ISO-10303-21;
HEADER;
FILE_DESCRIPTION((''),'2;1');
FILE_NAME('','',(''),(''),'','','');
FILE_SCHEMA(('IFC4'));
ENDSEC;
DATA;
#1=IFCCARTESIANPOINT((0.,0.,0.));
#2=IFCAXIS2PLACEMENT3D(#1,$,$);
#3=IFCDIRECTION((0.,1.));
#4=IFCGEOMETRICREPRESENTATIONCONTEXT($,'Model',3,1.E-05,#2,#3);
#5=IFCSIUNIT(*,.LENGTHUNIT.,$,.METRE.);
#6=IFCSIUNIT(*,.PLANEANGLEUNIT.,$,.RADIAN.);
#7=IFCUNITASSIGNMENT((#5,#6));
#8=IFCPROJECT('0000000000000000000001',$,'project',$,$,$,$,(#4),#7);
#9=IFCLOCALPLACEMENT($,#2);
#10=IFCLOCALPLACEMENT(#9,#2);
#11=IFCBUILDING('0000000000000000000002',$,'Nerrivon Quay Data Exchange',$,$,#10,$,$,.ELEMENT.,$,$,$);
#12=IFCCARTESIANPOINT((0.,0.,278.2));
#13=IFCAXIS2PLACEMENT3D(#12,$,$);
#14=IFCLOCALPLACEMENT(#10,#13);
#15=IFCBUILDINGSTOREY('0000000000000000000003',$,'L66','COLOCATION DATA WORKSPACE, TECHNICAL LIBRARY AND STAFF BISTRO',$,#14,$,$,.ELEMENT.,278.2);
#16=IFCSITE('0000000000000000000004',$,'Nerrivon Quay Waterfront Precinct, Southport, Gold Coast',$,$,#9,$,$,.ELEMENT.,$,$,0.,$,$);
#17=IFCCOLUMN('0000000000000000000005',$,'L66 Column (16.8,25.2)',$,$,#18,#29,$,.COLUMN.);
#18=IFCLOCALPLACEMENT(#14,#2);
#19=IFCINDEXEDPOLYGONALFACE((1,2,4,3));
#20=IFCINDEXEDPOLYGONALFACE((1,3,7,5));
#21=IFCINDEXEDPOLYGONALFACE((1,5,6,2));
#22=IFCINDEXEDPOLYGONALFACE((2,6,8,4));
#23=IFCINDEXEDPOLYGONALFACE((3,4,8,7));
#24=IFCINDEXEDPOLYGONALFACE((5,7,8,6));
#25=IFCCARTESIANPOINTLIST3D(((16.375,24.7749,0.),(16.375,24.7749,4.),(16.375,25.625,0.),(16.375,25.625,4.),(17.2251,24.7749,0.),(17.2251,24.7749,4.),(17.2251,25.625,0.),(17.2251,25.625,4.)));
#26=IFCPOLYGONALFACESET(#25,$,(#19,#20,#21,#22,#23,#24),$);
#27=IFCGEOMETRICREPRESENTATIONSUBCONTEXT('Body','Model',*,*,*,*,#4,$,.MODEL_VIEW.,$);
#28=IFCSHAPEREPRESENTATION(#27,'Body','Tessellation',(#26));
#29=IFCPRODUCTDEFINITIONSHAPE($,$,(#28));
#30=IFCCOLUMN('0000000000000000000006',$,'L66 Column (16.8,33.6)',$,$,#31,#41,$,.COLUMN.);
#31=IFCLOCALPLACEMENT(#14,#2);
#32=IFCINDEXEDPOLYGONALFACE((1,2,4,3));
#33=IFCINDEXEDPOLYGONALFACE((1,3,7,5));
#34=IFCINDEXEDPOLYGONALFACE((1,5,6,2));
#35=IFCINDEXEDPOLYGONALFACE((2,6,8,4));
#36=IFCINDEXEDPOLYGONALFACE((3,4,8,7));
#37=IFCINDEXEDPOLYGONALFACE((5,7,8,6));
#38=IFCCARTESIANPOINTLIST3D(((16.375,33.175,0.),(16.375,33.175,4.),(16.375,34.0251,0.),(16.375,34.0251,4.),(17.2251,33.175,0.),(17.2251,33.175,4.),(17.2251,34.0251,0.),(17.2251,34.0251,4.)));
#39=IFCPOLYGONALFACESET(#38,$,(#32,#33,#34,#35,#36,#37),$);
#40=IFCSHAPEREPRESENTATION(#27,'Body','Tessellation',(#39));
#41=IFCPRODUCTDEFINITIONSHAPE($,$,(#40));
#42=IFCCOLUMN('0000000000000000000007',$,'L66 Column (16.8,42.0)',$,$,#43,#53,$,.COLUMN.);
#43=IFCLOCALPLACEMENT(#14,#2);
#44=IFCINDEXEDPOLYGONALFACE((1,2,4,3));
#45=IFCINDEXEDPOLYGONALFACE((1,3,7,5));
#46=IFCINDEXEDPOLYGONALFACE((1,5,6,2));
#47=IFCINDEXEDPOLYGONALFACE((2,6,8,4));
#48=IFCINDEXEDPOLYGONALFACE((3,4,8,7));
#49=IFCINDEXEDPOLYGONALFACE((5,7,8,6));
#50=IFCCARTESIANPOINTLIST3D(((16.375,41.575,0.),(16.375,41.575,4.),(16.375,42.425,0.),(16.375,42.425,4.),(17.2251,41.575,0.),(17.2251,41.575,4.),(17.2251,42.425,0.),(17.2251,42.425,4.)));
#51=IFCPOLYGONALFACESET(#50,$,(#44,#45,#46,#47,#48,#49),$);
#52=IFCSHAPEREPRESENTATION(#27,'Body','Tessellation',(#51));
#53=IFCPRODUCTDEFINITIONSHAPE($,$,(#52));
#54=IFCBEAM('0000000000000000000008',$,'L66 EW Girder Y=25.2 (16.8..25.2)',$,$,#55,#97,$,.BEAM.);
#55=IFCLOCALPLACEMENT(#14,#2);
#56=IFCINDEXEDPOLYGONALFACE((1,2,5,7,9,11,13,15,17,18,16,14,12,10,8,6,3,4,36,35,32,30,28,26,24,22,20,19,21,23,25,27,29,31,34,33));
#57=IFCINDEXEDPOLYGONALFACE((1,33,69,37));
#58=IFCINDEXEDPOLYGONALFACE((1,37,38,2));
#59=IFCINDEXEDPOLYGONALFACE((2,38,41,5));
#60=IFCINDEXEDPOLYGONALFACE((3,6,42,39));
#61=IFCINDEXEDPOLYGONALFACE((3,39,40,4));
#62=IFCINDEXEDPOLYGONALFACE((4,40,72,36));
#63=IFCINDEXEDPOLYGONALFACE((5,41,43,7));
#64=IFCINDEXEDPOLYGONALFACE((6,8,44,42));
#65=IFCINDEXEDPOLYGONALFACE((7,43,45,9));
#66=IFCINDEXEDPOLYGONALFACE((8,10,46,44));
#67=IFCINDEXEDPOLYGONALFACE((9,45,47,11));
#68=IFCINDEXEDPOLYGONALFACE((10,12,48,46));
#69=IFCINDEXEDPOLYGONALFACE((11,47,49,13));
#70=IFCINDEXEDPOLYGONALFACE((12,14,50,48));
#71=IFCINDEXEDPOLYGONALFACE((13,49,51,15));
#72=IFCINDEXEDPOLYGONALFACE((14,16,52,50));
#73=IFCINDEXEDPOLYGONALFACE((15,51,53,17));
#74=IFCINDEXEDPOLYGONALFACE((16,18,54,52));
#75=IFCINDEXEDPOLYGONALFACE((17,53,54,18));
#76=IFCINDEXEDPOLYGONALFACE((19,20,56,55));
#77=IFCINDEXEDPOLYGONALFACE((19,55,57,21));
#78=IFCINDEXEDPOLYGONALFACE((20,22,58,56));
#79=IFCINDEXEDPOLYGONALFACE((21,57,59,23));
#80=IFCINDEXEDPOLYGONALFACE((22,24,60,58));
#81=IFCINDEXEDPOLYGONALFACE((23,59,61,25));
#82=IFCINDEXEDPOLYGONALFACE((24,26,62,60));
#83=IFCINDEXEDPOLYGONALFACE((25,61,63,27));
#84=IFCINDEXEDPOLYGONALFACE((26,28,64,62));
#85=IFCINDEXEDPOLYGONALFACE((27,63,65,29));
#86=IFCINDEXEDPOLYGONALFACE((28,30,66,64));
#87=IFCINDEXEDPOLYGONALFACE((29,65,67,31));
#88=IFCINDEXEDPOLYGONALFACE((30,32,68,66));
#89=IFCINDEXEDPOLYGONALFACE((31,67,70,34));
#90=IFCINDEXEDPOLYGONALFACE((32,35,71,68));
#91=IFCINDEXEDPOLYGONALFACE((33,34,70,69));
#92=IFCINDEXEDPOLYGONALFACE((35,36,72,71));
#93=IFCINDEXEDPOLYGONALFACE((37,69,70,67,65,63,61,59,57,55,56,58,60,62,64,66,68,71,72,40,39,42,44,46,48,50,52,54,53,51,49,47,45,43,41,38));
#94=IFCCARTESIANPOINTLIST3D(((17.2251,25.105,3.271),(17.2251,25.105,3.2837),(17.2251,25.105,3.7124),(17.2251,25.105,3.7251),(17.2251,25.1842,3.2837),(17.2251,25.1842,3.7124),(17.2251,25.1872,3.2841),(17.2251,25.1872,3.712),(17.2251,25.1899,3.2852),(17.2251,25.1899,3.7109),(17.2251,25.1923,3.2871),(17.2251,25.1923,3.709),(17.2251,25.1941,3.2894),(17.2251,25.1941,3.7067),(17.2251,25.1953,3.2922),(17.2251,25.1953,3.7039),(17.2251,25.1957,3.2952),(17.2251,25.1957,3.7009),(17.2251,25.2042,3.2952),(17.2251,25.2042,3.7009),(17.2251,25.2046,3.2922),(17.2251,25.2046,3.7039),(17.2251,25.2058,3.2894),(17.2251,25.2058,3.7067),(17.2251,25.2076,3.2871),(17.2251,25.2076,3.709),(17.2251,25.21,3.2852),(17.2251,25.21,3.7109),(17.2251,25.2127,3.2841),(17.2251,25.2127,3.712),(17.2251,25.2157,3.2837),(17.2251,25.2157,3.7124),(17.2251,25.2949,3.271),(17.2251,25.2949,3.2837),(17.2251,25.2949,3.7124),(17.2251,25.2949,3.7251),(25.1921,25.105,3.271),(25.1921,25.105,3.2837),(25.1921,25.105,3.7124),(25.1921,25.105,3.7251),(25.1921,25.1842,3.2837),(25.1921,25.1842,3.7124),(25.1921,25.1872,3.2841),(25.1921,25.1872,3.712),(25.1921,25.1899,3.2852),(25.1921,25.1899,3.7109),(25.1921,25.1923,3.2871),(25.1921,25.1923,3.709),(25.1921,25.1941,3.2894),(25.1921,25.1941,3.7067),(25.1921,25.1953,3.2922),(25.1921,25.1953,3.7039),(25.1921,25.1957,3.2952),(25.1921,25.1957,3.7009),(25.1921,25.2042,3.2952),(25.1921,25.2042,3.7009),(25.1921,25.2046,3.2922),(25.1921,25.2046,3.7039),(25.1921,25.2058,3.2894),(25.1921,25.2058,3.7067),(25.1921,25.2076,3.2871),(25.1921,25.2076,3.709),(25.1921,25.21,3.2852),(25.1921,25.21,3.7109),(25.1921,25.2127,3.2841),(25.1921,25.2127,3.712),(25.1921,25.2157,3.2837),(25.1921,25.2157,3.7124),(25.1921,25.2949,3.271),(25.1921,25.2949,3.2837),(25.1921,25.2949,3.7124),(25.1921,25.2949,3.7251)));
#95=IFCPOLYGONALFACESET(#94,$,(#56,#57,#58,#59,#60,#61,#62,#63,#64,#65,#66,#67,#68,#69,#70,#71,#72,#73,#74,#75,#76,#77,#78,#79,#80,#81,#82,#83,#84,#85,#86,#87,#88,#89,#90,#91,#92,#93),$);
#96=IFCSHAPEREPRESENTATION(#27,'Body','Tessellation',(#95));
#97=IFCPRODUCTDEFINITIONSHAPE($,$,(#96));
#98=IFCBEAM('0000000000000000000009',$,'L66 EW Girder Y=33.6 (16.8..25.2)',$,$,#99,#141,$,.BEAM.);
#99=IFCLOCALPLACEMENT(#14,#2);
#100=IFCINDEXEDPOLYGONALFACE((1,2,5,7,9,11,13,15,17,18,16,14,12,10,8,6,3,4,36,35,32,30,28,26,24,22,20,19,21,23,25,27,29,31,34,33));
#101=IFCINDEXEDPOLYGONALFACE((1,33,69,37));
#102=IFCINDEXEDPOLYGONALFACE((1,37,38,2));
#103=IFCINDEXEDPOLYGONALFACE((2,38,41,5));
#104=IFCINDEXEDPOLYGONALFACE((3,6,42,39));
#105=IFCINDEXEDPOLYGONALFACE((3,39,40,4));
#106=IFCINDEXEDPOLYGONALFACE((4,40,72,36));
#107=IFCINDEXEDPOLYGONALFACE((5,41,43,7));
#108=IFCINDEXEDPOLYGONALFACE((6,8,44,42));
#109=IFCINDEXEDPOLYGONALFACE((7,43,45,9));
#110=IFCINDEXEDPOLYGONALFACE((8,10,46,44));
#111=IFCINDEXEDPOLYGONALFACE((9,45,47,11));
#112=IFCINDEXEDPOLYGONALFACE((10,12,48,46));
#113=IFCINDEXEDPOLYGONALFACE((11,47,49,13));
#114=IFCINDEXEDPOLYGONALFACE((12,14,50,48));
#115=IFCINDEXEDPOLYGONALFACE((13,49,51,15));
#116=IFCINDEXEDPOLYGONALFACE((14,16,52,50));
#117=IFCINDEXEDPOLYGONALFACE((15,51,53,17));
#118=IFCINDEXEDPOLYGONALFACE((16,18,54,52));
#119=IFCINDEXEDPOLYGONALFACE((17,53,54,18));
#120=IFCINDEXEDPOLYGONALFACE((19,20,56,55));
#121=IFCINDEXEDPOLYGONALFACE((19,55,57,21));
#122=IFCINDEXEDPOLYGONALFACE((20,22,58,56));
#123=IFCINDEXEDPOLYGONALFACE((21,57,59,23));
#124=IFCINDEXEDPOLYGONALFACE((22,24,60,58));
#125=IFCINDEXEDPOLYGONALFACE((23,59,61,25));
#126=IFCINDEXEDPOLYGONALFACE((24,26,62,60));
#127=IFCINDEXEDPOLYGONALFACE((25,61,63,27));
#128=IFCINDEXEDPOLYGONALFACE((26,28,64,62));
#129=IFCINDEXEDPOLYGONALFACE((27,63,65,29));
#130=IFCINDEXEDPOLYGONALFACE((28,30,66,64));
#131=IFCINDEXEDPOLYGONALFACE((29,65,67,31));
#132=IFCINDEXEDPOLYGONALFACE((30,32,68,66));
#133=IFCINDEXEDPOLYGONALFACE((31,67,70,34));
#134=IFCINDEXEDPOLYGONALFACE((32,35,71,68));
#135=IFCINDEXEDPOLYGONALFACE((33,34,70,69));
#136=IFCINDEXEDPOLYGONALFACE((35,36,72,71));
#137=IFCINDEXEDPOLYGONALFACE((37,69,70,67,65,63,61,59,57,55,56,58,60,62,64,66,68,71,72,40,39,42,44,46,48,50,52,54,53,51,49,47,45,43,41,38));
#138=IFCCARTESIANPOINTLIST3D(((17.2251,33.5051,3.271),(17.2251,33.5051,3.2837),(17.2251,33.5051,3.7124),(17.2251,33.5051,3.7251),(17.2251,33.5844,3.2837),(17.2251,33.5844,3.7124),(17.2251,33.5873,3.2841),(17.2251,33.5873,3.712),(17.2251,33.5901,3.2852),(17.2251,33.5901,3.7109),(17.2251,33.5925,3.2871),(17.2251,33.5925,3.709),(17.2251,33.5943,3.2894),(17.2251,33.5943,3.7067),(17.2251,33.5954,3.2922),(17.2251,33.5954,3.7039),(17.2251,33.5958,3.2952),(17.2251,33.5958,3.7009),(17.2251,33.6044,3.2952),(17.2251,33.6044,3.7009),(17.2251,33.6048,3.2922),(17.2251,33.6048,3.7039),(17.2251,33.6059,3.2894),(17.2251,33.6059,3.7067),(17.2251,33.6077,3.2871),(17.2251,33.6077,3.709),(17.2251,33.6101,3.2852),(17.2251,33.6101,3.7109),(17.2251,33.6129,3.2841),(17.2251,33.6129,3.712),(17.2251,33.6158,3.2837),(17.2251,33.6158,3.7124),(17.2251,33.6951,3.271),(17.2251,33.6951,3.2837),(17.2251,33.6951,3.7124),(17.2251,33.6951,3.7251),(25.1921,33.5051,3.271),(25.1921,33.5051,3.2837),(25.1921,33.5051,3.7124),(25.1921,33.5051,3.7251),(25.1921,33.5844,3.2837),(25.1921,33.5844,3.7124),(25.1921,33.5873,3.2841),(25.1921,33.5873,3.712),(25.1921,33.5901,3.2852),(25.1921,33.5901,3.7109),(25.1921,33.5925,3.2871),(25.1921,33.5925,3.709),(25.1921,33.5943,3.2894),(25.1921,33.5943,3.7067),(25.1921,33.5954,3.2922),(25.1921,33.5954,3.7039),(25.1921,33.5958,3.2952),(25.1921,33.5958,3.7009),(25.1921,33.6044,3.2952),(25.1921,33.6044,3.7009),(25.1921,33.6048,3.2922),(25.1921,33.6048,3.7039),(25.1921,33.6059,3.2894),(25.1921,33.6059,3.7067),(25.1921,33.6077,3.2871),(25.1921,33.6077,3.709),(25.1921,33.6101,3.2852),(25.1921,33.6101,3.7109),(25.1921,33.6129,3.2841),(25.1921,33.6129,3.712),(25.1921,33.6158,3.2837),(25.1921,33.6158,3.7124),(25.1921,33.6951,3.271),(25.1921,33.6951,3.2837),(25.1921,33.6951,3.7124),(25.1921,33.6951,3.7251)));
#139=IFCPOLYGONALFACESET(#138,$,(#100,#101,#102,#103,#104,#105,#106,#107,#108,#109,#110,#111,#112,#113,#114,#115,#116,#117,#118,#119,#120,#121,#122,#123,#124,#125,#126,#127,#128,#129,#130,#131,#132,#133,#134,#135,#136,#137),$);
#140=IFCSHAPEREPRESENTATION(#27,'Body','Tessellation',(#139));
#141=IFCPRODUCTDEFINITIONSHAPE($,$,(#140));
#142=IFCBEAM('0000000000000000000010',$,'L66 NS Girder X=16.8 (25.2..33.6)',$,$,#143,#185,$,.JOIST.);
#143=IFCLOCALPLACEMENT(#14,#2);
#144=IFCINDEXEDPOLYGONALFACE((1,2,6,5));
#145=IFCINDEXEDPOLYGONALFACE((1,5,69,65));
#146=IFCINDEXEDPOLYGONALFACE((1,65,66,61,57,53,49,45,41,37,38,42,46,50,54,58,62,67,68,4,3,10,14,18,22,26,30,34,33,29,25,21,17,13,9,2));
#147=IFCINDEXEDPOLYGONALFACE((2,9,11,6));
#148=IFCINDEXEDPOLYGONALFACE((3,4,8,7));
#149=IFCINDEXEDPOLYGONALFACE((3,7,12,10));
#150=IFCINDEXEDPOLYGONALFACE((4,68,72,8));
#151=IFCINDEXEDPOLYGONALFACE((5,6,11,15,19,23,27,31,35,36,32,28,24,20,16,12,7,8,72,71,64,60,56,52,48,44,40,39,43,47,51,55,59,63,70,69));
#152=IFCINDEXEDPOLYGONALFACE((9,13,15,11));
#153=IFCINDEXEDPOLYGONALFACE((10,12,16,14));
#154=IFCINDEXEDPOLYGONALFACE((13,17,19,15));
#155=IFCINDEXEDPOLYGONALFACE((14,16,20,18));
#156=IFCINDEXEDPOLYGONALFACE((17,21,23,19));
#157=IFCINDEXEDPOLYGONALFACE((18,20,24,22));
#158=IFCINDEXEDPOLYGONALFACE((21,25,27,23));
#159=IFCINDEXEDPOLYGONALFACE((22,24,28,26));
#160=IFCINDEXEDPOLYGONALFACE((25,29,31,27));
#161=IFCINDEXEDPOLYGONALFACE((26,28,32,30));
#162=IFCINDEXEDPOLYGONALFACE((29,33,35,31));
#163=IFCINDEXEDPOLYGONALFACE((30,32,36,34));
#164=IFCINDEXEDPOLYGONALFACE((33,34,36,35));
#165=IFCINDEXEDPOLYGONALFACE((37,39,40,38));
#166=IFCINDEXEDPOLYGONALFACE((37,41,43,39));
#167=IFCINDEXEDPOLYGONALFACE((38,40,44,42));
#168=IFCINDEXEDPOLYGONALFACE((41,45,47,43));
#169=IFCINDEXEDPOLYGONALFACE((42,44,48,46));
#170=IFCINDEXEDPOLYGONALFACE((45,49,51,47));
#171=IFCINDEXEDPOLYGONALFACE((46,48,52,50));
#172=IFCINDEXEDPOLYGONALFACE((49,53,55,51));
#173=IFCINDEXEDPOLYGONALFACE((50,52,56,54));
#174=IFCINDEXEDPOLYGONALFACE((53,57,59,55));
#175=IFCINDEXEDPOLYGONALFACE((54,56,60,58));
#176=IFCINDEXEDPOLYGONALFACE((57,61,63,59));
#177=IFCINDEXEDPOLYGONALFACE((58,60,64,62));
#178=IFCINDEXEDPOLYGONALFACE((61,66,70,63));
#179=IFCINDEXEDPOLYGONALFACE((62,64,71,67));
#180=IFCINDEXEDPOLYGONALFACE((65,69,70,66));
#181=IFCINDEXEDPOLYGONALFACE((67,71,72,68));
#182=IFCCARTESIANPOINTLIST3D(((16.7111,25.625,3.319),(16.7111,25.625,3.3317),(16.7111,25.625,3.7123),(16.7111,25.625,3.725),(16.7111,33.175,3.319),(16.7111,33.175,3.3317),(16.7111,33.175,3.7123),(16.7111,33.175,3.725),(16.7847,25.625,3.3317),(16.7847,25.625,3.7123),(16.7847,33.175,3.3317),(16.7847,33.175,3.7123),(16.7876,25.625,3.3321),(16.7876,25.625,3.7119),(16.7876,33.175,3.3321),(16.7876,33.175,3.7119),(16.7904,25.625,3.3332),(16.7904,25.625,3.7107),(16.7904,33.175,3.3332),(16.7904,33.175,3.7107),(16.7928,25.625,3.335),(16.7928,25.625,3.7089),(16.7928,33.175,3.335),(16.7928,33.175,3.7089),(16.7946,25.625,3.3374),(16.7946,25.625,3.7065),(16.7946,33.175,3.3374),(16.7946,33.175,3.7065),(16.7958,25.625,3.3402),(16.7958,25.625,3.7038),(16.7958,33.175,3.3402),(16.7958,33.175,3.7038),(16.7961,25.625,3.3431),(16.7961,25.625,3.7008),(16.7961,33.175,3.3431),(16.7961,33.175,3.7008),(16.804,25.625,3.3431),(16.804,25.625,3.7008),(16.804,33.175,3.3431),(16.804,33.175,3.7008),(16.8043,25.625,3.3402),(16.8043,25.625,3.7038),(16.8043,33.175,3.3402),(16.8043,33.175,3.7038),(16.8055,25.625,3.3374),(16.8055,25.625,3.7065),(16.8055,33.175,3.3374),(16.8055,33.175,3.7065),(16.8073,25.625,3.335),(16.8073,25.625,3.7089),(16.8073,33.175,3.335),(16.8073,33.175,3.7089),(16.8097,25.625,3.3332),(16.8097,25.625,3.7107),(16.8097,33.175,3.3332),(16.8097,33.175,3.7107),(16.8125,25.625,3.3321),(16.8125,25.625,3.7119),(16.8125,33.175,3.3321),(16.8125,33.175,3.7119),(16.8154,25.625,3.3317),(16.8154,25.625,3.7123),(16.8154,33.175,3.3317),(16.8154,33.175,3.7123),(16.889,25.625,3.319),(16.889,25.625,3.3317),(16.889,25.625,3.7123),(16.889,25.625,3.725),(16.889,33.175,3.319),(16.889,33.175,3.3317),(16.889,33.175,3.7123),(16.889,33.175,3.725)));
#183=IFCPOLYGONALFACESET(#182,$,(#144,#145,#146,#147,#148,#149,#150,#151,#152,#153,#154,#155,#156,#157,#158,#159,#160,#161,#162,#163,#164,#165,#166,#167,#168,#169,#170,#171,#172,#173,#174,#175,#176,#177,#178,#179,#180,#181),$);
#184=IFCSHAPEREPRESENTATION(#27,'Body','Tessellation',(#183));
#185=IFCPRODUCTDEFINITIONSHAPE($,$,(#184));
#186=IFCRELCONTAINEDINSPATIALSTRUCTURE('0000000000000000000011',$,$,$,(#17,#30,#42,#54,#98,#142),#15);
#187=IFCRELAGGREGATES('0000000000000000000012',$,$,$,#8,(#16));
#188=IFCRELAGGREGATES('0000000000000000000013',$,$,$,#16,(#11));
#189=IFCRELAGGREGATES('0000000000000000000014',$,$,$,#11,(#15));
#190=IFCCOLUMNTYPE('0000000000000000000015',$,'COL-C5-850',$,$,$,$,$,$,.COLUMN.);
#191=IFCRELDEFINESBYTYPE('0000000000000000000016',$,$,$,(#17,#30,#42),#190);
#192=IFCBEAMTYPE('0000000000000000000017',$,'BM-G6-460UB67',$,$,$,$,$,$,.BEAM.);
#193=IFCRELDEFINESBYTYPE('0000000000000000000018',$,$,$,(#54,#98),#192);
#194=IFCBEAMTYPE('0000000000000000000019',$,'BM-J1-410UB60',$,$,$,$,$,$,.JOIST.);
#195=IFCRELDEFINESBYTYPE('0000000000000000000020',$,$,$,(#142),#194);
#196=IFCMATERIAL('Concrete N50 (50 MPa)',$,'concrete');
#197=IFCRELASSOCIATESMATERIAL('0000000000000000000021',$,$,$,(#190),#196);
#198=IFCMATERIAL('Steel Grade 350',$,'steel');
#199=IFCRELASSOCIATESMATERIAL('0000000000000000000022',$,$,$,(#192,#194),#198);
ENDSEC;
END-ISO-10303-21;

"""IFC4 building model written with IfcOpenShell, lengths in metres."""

from ifc_helpers import new_model, si_unit, direction, frame, origin, origin_2d, place, context, subcontext, project, spatial, rectangle, i_section, extrude, material, material_profile, profile_set, type_object, element, save


model = new_model("IFC4")

# Units and contexts
model_context = context("Model", 3, precision=1e-05, world=origin(), true_north=direction((0.0, 1.0)))
body_context = subcontext(model_context, "Body", "Model", "MODEL_VIEW")
ifc_project = project(units=[si_unit("LENGTHUNIT", "METRE"), si_unit("PLANEANGLEUNIT", "RADIAN")], contexts=[model_context])

# Site, building, storey
site_placement = place(None, origin())
site = spatial("IfcSite", under=ifc_project, at=site_placement, Name="Nerrivon Quay Waterfront Precinct, Southport, Gold Coast", CompositionType="ELEMENT", RefElevation=0.0)
building_placement = place(site_placement, origin())
building = spatial("IfcBuilding", under=site, at=building_placement, Name="Nerrivon Quay Data Exchange", CompositionType="ELEMENT")
storey_placement = place(building_placement, frame((0.0, 0.0, 278.2)))
storey = spatial("IfcBuildingStorey", under=building, at=storey_placement, Name="L66", Description="COLOCATION DATA WORKSPACE, TECHNICAL LIBRARY AND STAFF BISTRO", CompositionType="ELEMENT", Elevation=278.2)

# Columns
ifc_material_1 = material(Name="Concrete N50 (50 MPa)", Category="concrete")
ifc_material_profile_1 = material_profile(ifc_material_1, rectangle(XDim=0.8501, YDim=0.8501, at=origin_2d()), Name="RC-COL-850x850")
ifc_profile_set_1 = profile_set([ifc_material_profile_1], Name="Concrete N50 (50 MPa)")
column_type = type_object("IfcColumnType", Name="COL-C5-850", PredefinedType="COLUMN", material=ifc_profile_set_1)
for number, where, z_axis, x_axis, name in (
    (1, (16.8, 25.2, 0.0), (0.0, 0.0, 1.0), (1.0, 0.0, 0.0), "L66 Column (16.8,25.2)"),
    (2, (16.8, 33.6001, 0.0), (0.0, 0.0, 1.0), (1.0, 0.0, 0.0), "L66 Column (16.8,33.6)"),
    (3, (16.8, 42.0, 0.0), (0.0, 0.0, 1.0), (1.0, 0.0, 0.0), "L66 Column (16.8,42.0)"),
):
    element("IfcColumn", number, at=place(storey_placement, frame(where, z_axis=z_axis, x_axis=x_axis)), inside=storey, type_object=column_type, Name=name, PredefinedType="COLUMN", context=body_context, shape_type="SweptSolid", body=[
        extrude(rectangle(XDim=0.8501, YDim=0.8501, at=origin_2d()), origin(), (0.0, 0.0, 1.0), 4.0),
    ])

# Beams
ifc_material_2 = material(Name="Steel Grade 350", Category="steel")
ifc_material_profile_2 = material_profile(ifc_material_2, i_section(OverallWidth=0.1899, OverallDepth=0.4541, WebThickness=0.0085, FlangeThickness=0.0127, FilletRadius=0.0115, at=origin_2d()), Name="460UB67.1")
ifc_profile_set_2 = profile_set([ifc_material_profile_2], Name="Steel Grade 350")
beam_type_1 = type_object("IfcBeamType", Name="BM-G6-460UB67", PredefinedType="BEAM", material=ifc_profile_set_2)
for number, where, z_axis, x_axis, name in (
    (4, (17.2251, 25.2, 3.498), (1.0, 0.0, 0.0), (0.0, 1.0, 0.0), "L66 EW Girder Y=25.2 (16.8..25.2)"),
    (5, (17.2251, 33.6001, 3.498), (1.0, 0.0, 0.0), (0.0, 1.0, 0.0), "L66 EW Girder Y=33.6 (16.8..25.2)"),
):
    element("IfcBeam", number, at=place(storey_placement, frame(where, z_axis=z_axis, x_axis=x_axis)), inside=storey, type_object=beam_type_1, Name=name, PredefinedType="BEAM", context=body_context, shape_type="SweptSolid", body=[
        extrude(i_section(OverallWidth=0.1899, OverallDepth=0.4541, WebThickness=0.0085, FlangeThickness=0.0127, FilletRadius=0.0115, at=origin_2d()), origin(), (0.0, 0.0, 1.0), 7.967),
    ])
ifc_material_profile_3 = material_profile(ifc_material_2, i_section(OverallWidth=0.178, OverallDepth=0.406, WebThickness=0.0078, FlangeThickness=0.0127, FilletRadius=0.0115, at=origin_2d()), Name="410UB59.7")
ifc_profile_set_3 = profile_set([ifc_material_profile_3], Name="Steel Grade 350")
beam_type_2 = type_object("IfcBeamType", Name="BM-J1-410UB60", PredefinedType="JOIST", material=ifc_profile_set_3)
for number, where, z_axis, x_axis, name in (
    (6, (16.8, 25.625, 3.522), (0.0, 1.0, 0.0), (-1.0, 0.0, 0.0), "L66 NS Girder X=16.8 (25.2..33.6)"),
):
    element("IfcBeam", number, at=place(storey_placement, frame(where, z_axis=z_axis, x_axis=x_axis)), inside=storey, type_object=beam_type_2, Name=name, PredefinedType="JOIST", context=body_context, shape_type="SweptSolid", body=[
        extrude(i_section(OverallWidth=0.178, OverallDepth=0.406, WebThickness=0.0078, FlangeThickness=0.0127, FilletRadius=0.0115, at=origin_2d()), origin(), (0.0, 0.0, 1.0), 7.55),
    ])

save(model, "model.ifc")
